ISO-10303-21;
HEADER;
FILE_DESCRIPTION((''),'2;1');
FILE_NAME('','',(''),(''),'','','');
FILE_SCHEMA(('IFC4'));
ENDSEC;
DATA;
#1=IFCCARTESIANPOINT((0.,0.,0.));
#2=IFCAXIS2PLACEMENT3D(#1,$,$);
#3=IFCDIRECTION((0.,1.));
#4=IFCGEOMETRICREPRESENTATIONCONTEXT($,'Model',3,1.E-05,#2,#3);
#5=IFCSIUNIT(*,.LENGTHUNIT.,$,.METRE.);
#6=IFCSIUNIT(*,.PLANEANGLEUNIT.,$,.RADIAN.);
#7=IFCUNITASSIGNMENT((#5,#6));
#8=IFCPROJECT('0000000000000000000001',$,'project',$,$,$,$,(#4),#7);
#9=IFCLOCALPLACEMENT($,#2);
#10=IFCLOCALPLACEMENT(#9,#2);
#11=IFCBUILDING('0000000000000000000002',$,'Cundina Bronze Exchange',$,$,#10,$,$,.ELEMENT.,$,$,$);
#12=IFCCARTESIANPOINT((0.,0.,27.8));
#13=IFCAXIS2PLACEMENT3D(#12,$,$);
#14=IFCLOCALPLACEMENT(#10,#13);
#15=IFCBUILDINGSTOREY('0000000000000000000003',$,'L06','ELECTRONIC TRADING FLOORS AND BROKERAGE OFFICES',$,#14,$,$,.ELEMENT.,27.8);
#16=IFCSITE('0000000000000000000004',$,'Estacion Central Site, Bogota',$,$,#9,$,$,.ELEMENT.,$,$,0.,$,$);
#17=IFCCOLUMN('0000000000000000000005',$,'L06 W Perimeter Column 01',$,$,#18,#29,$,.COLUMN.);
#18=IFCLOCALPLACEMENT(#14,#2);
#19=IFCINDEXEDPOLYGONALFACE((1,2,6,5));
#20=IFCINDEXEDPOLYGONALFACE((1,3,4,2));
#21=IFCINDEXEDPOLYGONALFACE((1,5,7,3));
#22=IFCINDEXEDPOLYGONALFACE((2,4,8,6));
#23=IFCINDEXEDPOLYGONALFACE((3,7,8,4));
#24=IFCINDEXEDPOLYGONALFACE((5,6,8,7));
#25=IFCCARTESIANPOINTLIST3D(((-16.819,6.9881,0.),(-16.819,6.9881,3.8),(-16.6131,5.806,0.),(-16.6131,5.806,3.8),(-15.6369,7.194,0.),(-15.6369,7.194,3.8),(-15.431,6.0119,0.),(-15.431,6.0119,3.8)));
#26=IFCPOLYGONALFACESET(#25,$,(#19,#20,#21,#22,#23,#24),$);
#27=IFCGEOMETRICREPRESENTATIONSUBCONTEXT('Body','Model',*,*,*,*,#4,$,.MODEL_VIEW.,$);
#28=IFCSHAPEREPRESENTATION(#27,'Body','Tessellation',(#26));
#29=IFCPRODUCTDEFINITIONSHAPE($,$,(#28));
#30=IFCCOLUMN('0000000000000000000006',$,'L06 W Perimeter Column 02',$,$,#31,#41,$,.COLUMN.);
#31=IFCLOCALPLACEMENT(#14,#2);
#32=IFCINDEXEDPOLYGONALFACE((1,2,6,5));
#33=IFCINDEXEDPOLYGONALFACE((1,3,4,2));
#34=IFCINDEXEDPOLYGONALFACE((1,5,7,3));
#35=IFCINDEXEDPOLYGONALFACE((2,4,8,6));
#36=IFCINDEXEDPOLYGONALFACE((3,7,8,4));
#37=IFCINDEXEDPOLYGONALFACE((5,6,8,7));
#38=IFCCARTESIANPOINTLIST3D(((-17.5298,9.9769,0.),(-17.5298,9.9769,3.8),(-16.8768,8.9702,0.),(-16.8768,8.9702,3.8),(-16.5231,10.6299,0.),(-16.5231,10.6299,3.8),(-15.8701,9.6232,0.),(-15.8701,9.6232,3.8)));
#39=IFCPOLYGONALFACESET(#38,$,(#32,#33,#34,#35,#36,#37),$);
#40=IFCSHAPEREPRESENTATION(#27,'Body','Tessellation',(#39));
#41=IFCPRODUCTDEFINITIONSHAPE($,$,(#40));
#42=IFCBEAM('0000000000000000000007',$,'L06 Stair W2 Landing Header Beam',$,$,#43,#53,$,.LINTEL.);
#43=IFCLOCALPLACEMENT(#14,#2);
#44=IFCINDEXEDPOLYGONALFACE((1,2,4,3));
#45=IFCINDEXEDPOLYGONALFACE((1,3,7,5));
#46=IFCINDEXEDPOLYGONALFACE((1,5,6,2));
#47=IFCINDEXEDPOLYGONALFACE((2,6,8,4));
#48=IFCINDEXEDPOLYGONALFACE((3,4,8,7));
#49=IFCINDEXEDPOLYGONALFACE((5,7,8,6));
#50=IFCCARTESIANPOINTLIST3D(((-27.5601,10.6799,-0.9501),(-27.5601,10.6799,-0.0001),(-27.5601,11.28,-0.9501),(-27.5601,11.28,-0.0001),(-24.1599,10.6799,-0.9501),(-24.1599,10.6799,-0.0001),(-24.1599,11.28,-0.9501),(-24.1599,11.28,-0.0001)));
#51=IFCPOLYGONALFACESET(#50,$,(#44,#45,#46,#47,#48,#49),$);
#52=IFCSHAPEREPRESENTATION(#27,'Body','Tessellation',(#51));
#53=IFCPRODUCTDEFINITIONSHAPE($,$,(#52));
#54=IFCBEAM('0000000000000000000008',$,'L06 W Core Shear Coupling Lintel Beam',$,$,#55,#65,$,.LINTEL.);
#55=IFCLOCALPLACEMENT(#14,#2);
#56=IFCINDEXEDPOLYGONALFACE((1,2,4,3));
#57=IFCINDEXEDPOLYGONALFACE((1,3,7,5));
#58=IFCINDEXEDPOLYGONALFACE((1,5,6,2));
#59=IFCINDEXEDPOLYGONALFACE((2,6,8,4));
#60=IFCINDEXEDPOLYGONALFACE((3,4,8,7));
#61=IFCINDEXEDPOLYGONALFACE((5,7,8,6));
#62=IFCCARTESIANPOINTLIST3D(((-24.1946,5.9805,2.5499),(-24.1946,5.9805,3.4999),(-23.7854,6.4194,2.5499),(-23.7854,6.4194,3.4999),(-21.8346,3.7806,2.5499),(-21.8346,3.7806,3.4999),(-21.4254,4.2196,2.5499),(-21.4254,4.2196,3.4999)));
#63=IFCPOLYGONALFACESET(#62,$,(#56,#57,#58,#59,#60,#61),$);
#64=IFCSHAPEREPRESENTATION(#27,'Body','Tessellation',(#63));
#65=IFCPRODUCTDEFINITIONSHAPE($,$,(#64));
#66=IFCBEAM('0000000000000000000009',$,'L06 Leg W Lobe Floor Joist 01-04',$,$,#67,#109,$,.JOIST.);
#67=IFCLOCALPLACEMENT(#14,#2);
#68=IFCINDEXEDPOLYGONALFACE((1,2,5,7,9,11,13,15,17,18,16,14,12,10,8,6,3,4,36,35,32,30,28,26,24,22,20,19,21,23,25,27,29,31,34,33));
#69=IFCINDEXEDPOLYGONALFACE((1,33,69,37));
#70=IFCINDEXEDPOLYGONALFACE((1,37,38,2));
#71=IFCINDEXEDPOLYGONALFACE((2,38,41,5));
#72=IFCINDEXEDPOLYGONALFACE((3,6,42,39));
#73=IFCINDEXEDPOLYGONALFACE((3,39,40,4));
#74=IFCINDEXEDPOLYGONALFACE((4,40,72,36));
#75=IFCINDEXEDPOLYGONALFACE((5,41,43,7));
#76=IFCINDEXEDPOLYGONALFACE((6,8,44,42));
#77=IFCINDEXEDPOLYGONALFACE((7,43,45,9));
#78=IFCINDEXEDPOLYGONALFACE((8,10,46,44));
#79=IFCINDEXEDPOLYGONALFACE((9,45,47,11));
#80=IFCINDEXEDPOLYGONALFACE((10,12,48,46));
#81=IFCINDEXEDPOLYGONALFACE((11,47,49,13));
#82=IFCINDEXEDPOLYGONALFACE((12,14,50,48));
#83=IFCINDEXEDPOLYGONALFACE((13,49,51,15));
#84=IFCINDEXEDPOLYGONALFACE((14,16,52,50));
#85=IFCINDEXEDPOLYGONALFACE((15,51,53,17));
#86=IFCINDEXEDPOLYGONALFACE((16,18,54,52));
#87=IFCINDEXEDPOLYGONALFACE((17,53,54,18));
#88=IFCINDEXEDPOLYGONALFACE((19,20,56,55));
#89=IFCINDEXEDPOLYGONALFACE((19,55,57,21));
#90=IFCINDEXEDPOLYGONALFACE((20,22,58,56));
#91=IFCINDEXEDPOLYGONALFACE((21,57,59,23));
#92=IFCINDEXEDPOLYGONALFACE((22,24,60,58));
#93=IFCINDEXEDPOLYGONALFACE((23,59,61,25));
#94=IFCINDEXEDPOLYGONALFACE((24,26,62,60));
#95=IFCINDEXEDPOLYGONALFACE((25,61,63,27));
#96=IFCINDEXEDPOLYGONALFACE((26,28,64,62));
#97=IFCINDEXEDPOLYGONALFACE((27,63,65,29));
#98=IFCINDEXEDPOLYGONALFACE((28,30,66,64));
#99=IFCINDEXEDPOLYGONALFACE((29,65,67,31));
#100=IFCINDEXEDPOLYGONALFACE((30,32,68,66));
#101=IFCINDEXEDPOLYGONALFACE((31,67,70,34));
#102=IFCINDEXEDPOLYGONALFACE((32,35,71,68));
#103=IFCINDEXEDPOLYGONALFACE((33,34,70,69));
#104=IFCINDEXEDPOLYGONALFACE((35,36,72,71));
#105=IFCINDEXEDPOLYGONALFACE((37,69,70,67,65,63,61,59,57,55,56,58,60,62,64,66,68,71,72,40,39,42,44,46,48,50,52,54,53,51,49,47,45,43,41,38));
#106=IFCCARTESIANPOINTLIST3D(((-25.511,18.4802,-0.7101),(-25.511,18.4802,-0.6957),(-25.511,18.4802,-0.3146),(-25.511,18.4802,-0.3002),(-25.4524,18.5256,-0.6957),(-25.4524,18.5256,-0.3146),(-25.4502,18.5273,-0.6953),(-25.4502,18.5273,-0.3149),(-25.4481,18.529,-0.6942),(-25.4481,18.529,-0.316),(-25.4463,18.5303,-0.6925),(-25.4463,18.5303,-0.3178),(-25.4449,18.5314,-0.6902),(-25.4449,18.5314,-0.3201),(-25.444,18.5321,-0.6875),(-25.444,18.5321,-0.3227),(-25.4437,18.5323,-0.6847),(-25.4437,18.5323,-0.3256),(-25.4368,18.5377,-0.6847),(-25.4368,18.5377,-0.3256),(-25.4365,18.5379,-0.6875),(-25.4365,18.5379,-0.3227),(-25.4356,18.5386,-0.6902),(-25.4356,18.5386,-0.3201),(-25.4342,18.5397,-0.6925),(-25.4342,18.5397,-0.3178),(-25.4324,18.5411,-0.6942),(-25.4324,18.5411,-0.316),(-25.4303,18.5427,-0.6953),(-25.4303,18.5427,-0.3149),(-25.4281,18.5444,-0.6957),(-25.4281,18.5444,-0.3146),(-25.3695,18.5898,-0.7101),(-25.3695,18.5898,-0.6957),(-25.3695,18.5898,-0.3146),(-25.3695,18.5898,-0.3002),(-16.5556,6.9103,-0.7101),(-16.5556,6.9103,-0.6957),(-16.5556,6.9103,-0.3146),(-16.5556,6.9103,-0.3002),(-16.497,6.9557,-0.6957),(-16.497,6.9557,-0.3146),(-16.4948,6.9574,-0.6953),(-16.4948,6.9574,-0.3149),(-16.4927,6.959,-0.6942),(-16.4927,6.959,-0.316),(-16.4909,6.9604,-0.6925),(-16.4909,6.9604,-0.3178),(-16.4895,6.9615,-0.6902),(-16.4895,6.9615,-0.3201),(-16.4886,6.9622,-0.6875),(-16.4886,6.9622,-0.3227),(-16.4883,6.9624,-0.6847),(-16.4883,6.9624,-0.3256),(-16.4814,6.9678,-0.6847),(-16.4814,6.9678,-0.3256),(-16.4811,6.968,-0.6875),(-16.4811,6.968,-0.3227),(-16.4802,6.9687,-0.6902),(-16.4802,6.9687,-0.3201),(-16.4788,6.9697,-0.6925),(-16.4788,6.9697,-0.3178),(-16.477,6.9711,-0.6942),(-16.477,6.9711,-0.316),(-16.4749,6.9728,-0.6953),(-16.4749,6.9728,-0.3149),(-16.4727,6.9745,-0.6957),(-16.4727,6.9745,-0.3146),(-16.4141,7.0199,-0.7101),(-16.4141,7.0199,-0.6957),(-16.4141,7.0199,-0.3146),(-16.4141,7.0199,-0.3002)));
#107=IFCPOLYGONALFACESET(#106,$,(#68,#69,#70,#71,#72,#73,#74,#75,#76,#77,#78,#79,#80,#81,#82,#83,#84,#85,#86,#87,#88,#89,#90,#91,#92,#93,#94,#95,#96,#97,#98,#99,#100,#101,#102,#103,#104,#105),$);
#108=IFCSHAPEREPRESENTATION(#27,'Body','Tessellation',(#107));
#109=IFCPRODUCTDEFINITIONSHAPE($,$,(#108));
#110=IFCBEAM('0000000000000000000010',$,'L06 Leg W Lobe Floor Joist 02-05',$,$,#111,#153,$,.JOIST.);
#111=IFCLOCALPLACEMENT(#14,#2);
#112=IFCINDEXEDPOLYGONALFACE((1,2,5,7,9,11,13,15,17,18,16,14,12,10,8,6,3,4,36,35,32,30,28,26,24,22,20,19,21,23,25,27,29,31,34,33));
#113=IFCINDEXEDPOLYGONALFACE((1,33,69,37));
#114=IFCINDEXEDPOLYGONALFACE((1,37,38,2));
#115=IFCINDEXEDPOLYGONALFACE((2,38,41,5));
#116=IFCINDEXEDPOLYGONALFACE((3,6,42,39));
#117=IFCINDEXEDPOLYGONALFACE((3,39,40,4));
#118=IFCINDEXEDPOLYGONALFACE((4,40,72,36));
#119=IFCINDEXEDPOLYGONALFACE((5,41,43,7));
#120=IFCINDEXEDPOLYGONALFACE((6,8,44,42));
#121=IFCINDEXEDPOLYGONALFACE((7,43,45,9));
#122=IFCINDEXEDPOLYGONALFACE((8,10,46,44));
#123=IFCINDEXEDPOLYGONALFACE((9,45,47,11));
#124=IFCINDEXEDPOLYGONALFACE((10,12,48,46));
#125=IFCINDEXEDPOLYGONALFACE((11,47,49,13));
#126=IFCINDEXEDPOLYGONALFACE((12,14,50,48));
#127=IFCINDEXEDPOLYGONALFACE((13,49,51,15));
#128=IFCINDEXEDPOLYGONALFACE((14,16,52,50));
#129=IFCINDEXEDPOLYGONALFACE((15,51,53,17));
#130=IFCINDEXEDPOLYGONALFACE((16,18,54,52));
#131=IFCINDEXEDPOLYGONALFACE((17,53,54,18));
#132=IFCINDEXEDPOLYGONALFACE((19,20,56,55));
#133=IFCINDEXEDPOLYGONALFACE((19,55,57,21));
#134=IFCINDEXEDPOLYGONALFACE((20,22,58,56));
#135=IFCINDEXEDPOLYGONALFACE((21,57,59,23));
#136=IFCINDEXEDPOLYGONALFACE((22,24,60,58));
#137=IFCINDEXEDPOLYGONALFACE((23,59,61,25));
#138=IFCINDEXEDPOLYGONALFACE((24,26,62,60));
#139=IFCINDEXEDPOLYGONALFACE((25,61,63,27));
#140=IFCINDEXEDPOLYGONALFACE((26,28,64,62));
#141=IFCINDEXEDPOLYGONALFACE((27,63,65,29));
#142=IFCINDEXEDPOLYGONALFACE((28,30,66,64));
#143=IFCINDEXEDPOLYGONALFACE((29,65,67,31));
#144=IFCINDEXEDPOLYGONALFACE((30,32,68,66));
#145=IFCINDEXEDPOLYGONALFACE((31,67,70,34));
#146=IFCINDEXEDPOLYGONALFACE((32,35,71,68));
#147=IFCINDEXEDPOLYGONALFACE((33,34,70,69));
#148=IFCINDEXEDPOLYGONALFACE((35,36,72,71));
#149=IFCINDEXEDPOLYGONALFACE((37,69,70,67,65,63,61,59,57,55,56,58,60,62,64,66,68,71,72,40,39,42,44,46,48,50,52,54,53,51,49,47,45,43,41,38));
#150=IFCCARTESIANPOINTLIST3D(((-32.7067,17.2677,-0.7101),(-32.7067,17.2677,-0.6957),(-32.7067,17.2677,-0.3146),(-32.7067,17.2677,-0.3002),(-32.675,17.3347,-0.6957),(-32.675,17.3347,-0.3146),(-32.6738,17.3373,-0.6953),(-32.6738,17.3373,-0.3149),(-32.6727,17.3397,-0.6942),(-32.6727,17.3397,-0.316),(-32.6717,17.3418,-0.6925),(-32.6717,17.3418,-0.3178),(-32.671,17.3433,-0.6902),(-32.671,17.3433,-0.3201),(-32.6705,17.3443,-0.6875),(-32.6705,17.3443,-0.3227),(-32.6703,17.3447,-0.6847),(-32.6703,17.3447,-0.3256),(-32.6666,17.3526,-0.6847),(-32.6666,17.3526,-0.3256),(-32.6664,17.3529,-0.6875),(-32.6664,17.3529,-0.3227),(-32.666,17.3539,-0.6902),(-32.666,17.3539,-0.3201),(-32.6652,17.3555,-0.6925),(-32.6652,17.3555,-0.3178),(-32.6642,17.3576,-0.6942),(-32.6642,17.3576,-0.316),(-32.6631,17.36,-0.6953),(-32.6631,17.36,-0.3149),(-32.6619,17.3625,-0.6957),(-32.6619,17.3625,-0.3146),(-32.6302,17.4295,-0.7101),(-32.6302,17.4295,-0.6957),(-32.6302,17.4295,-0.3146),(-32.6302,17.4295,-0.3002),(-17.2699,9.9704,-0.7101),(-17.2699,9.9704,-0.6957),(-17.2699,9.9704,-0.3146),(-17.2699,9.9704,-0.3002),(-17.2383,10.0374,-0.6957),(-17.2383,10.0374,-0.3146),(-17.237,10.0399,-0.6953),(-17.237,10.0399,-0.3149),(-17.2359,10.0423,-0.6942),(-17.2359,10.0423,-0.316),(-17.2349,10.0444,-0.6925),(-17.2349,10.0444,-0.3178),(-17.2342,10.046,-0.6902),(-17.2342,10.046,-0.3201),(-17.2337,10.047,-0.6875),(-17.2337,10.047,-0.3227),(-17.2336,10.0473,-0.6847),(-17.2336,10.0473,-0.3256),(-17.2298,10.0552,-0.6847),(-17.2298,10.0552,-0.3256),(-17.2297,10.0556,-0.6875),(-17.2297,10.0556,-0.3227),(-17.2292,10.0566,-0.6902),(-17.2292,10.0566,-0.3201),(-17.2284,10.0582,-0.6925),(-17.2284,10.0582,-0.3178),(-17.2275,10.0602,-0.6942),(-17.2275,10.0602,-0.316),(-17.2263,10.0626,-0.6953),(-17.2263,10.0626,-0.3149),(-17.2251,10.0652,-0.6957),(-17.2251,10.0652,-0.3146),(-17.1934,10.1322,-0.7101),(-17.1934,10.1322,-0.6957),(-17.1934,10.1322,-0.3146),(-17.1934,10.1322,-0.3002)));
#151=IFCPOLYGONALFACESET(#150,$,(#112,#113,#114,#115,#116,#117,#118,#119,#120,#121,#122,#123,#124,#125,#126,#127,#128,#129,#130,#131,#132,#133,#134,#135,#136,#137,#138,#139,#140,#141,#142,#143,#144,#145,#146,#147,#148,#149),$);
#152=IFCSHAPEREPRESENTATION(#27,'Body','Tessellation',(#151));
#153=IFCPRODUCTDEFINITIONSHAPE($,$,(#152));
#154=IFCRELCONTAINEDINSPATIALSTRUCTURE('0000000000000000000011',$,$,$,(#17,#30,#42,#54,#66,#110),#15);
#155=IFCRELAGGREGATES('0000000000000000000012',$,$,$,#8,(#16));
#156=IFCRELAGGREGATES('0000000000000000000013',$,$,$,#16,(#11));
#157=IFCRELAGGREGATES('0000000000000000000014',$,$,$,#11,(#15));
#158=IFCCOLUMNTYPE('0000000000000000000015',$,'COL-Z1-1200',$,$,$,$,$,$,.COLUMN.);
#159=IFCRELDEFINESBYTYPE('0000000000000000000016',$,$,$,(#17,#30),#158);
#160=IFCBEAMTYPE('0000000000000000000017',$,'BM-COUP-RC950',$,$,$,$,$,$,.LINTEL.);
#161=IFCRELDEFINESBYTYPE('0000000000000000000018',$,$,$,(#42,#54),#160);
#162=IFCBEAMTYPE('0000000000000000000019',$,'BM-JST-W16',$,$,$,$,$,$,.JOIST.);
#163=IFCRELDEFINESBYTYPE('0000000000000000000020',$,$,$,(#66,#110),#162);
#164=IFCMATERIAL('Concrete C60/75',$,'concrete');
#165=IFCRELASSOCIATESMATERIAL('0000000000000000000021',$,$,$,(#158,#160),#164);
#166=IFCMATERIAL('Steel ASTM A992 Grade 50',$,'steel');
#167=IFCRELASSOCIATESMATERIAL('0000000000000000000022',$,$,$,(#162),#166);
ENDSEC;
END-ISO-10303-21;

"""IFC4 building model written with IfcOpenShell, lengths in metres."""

from ifc_helpers import new_model, si_unit, direction, frame, origin, origin_2d, place, context, subcontext, project, spatial, rectangle, i_section, extrude, material, material_profile, profile_set, type_object, element, save


model = new_model("IFC4")

# Units and contexts
model_context = context("Model", 3, precision=1e-05, world=origin(), true_north=direction((0.0, 1.0)))
body_context = subcontext(model_context, "Body", "Model", "MODEL_VIEW")
ifc_project = project(units=[si_unit("LENGTHUNIT", "METRE"), si_unit("PLANEANGLEUNIT", "RADIAN")], contexts=[model_context])

# Site, building, storey
site_placement = place(None, origin())
site = spatial("IfcSite", under=ifc_project, at=site_placement, Name="Estacion Central Site, Bogota", CompositionType="ELEMENT", RefElevation=0.0)
building_placement = place(site_placement, origin())
building = spatial("IfcBuilding", under=site, at=building_placement, Name="Cundina Bronze Exchange", CompositionType="ELEMENT")
storey_placement = place(building_placement, frame((0.0, 0.0, 27.8)))
storey = spatial("IfcBuildingStorey", under=building, at=storey_placement, Name="L06", Description="ELECTRONIC TRADING FLOORS AND BROKERAGE OFFICES", CompositionType="ELEMENT", Elevation=27.8)

# Columns
ifc_material_1 = material(Name="Concrete C60/75", Category="concrete")
ifc_material_profile_1 = material_profile(ifc_material_1, rectangle(XDim=1.2, YDim=1.2, at=origin_2d()), Name="RC1200X1200", Category="concrete")
ifc_profile_set_1 = profile_set([ifc_material_profile_1], Name="Concrete C60/75")
column_type = type_object("IfcColumnType", Name="COL-Z1-1200", PredefinedType="COLUMN", material=ifc_profile_set_1)
for number, where, z_axis, x_axis, name in (
    (1, (-16.125, 6.5, 0.0), (0.0, 0.0, 1.0), (-0.171585, 0.985169, 0.0), "L06 W Perimeter Column 01"),
    (2, (-16.7, 9.8, 0.0), (0.0, 0.0, 1.0), (-0.5442, 0.838956, 0.0), "L06 W Perimeter Column 02"),
):
    element("IfcColumn", number, at=place(storey_placement, frame(where, z_axis=z_axis, x_axis=x_axis)), inside=storey, type_object=column_type, Name=name, PredefinedType="COLUMN", context=body_context, shape_type="SweptSolid", body=[
        extrude(rectangle(XDim=1.2, YDim=1.2, at=origin_2d()), origin(), (0.0, 0.0, 1.0), 3.8),
    ])

# Beams
ifc_material_profile_2 = material_profile(ifc_material_1, rectangle(XDim=0.6001, YDim=0.95, at=origin_2d()), Name="RC600X950", Category="concrete")
ifc_profile_set_2 = profile_set([ifc_material_profile_2], Name="Concrete C60/75")
beam_type_1 = type_object("IfcBeamType", Name="BM-COUP-RC950", PredefinedType="LINTEL", material=ifc_profile_set_2)
beam_1_placement = place(storey_placement, frame((-27.5601, 10.98, -0.4751), z_axis=(1.0, 0.0, 0.0), x_axis=(0.0, 1.0, 0.0)))
element("IfcBeam", 3, at=beam_1_placement, inside=storey, type_object=beam_type_1, Name="L06 Stair W2 Landing Header Beam", PredefinedType="LINTEL", context=body_context, shape_type="SweptSolid", body=[
    extrude(rectangle(XDim=0.6001, YDim=0.95, at=origin_2d()), origin(), (0.0, 0.0, 1.0), 3.4001),
])
beam_2_placement = place(storey_placement, frame((-23.99, 6.2, 3.0249), z_axis=(0.73149, -0.681852, 0.0), x_axis=(0.681852, 0.73149, 0.0)))
element("IfcBeam", 4, at=beam_2_placement, inside=storey, type_object=beam_type_1, Name="L06 W Core Shear Coupling Lintel Beam", PredefinedType="LINTEL", context=body_context, shape_type="SweptSolid", body=[
    extrude(rectangle(XDim=0.6001, YDim=0.95, at=origin_2d()), origin(), (0.0, 0.0, 1.0), 3.2263),
])
ifc_material_2 = material(Name="Steel ASTM A992 Grade 50", Category="steel")
ifc_material_profile_3 = material_profile(ifc_material_2, i_section(OverallWidth=0.179, OverallDepth=0.4099, WebThickness=0.0088, FlangeThickness=0.0144, FilletRadius=0.011, at=origin_2d()), Name="W16X45", Category="steel")
ifc_profile_set_3 = profile_set([ifc_material_profile_3], Name="Steel ASTM A992 Grade 50")
beam_type_2 = type_object("IfcBeamType", Name="BM-JST-W16", PredefinedType="JOIST", material=ifc_profile_set_3)
beam_3_placement = place(storey_placement, frame((-16.4849, 6.9651, -0.5051), z_axis=(-0.612089, 0.790789, 0.0), x_axis=(-0.790789, -0.612089, 0.0)))
element("IfcBeam", 5, at=beam_3_placement, inside=storey, type_object=beam_type_2, Name="L06 Leg W Lobe Floor Joist 01-04", PredefinedType="JOIST", context=body_context, shape_type="SweptSolid", body=[
    extrude(i_section(OverallWidth=0.179, OverallDepth=0.4099, WebThickness=0.0088, FlangeThickness=0.0144, FilletRadius=0.011, at=origin_2d()), origin(), (0.0, 0.0, 1.0), 14.6309),
])
beam_4_placement = place(storey_placement, frame((-17.2317, 10.0513, -0.5051), z_axis=(-0.904073, 0.427379, 0.0), x_axis=(-0.427379, -0.904073, 0.0)))
element("IfcBeam", 6, at=beam_4_placement, inside=storey, type_object=beam_type_2, Name="L06 Leg W Lobe Floor Joist 02-05", PredefinedType="JOIST", context=body_context, shape_type="SweptSolid", body=[
    extrude(i_section(OverallWidth=0.179, OverallDepth=0.4099, WebThickness=0.0088, FlangeThickness=0.0144, FilletRadius=0.011, at=origin_2d()), origin(), (0.0, 0.0, 1.0), 17.0747),
])

save(model, "model.ifc")
